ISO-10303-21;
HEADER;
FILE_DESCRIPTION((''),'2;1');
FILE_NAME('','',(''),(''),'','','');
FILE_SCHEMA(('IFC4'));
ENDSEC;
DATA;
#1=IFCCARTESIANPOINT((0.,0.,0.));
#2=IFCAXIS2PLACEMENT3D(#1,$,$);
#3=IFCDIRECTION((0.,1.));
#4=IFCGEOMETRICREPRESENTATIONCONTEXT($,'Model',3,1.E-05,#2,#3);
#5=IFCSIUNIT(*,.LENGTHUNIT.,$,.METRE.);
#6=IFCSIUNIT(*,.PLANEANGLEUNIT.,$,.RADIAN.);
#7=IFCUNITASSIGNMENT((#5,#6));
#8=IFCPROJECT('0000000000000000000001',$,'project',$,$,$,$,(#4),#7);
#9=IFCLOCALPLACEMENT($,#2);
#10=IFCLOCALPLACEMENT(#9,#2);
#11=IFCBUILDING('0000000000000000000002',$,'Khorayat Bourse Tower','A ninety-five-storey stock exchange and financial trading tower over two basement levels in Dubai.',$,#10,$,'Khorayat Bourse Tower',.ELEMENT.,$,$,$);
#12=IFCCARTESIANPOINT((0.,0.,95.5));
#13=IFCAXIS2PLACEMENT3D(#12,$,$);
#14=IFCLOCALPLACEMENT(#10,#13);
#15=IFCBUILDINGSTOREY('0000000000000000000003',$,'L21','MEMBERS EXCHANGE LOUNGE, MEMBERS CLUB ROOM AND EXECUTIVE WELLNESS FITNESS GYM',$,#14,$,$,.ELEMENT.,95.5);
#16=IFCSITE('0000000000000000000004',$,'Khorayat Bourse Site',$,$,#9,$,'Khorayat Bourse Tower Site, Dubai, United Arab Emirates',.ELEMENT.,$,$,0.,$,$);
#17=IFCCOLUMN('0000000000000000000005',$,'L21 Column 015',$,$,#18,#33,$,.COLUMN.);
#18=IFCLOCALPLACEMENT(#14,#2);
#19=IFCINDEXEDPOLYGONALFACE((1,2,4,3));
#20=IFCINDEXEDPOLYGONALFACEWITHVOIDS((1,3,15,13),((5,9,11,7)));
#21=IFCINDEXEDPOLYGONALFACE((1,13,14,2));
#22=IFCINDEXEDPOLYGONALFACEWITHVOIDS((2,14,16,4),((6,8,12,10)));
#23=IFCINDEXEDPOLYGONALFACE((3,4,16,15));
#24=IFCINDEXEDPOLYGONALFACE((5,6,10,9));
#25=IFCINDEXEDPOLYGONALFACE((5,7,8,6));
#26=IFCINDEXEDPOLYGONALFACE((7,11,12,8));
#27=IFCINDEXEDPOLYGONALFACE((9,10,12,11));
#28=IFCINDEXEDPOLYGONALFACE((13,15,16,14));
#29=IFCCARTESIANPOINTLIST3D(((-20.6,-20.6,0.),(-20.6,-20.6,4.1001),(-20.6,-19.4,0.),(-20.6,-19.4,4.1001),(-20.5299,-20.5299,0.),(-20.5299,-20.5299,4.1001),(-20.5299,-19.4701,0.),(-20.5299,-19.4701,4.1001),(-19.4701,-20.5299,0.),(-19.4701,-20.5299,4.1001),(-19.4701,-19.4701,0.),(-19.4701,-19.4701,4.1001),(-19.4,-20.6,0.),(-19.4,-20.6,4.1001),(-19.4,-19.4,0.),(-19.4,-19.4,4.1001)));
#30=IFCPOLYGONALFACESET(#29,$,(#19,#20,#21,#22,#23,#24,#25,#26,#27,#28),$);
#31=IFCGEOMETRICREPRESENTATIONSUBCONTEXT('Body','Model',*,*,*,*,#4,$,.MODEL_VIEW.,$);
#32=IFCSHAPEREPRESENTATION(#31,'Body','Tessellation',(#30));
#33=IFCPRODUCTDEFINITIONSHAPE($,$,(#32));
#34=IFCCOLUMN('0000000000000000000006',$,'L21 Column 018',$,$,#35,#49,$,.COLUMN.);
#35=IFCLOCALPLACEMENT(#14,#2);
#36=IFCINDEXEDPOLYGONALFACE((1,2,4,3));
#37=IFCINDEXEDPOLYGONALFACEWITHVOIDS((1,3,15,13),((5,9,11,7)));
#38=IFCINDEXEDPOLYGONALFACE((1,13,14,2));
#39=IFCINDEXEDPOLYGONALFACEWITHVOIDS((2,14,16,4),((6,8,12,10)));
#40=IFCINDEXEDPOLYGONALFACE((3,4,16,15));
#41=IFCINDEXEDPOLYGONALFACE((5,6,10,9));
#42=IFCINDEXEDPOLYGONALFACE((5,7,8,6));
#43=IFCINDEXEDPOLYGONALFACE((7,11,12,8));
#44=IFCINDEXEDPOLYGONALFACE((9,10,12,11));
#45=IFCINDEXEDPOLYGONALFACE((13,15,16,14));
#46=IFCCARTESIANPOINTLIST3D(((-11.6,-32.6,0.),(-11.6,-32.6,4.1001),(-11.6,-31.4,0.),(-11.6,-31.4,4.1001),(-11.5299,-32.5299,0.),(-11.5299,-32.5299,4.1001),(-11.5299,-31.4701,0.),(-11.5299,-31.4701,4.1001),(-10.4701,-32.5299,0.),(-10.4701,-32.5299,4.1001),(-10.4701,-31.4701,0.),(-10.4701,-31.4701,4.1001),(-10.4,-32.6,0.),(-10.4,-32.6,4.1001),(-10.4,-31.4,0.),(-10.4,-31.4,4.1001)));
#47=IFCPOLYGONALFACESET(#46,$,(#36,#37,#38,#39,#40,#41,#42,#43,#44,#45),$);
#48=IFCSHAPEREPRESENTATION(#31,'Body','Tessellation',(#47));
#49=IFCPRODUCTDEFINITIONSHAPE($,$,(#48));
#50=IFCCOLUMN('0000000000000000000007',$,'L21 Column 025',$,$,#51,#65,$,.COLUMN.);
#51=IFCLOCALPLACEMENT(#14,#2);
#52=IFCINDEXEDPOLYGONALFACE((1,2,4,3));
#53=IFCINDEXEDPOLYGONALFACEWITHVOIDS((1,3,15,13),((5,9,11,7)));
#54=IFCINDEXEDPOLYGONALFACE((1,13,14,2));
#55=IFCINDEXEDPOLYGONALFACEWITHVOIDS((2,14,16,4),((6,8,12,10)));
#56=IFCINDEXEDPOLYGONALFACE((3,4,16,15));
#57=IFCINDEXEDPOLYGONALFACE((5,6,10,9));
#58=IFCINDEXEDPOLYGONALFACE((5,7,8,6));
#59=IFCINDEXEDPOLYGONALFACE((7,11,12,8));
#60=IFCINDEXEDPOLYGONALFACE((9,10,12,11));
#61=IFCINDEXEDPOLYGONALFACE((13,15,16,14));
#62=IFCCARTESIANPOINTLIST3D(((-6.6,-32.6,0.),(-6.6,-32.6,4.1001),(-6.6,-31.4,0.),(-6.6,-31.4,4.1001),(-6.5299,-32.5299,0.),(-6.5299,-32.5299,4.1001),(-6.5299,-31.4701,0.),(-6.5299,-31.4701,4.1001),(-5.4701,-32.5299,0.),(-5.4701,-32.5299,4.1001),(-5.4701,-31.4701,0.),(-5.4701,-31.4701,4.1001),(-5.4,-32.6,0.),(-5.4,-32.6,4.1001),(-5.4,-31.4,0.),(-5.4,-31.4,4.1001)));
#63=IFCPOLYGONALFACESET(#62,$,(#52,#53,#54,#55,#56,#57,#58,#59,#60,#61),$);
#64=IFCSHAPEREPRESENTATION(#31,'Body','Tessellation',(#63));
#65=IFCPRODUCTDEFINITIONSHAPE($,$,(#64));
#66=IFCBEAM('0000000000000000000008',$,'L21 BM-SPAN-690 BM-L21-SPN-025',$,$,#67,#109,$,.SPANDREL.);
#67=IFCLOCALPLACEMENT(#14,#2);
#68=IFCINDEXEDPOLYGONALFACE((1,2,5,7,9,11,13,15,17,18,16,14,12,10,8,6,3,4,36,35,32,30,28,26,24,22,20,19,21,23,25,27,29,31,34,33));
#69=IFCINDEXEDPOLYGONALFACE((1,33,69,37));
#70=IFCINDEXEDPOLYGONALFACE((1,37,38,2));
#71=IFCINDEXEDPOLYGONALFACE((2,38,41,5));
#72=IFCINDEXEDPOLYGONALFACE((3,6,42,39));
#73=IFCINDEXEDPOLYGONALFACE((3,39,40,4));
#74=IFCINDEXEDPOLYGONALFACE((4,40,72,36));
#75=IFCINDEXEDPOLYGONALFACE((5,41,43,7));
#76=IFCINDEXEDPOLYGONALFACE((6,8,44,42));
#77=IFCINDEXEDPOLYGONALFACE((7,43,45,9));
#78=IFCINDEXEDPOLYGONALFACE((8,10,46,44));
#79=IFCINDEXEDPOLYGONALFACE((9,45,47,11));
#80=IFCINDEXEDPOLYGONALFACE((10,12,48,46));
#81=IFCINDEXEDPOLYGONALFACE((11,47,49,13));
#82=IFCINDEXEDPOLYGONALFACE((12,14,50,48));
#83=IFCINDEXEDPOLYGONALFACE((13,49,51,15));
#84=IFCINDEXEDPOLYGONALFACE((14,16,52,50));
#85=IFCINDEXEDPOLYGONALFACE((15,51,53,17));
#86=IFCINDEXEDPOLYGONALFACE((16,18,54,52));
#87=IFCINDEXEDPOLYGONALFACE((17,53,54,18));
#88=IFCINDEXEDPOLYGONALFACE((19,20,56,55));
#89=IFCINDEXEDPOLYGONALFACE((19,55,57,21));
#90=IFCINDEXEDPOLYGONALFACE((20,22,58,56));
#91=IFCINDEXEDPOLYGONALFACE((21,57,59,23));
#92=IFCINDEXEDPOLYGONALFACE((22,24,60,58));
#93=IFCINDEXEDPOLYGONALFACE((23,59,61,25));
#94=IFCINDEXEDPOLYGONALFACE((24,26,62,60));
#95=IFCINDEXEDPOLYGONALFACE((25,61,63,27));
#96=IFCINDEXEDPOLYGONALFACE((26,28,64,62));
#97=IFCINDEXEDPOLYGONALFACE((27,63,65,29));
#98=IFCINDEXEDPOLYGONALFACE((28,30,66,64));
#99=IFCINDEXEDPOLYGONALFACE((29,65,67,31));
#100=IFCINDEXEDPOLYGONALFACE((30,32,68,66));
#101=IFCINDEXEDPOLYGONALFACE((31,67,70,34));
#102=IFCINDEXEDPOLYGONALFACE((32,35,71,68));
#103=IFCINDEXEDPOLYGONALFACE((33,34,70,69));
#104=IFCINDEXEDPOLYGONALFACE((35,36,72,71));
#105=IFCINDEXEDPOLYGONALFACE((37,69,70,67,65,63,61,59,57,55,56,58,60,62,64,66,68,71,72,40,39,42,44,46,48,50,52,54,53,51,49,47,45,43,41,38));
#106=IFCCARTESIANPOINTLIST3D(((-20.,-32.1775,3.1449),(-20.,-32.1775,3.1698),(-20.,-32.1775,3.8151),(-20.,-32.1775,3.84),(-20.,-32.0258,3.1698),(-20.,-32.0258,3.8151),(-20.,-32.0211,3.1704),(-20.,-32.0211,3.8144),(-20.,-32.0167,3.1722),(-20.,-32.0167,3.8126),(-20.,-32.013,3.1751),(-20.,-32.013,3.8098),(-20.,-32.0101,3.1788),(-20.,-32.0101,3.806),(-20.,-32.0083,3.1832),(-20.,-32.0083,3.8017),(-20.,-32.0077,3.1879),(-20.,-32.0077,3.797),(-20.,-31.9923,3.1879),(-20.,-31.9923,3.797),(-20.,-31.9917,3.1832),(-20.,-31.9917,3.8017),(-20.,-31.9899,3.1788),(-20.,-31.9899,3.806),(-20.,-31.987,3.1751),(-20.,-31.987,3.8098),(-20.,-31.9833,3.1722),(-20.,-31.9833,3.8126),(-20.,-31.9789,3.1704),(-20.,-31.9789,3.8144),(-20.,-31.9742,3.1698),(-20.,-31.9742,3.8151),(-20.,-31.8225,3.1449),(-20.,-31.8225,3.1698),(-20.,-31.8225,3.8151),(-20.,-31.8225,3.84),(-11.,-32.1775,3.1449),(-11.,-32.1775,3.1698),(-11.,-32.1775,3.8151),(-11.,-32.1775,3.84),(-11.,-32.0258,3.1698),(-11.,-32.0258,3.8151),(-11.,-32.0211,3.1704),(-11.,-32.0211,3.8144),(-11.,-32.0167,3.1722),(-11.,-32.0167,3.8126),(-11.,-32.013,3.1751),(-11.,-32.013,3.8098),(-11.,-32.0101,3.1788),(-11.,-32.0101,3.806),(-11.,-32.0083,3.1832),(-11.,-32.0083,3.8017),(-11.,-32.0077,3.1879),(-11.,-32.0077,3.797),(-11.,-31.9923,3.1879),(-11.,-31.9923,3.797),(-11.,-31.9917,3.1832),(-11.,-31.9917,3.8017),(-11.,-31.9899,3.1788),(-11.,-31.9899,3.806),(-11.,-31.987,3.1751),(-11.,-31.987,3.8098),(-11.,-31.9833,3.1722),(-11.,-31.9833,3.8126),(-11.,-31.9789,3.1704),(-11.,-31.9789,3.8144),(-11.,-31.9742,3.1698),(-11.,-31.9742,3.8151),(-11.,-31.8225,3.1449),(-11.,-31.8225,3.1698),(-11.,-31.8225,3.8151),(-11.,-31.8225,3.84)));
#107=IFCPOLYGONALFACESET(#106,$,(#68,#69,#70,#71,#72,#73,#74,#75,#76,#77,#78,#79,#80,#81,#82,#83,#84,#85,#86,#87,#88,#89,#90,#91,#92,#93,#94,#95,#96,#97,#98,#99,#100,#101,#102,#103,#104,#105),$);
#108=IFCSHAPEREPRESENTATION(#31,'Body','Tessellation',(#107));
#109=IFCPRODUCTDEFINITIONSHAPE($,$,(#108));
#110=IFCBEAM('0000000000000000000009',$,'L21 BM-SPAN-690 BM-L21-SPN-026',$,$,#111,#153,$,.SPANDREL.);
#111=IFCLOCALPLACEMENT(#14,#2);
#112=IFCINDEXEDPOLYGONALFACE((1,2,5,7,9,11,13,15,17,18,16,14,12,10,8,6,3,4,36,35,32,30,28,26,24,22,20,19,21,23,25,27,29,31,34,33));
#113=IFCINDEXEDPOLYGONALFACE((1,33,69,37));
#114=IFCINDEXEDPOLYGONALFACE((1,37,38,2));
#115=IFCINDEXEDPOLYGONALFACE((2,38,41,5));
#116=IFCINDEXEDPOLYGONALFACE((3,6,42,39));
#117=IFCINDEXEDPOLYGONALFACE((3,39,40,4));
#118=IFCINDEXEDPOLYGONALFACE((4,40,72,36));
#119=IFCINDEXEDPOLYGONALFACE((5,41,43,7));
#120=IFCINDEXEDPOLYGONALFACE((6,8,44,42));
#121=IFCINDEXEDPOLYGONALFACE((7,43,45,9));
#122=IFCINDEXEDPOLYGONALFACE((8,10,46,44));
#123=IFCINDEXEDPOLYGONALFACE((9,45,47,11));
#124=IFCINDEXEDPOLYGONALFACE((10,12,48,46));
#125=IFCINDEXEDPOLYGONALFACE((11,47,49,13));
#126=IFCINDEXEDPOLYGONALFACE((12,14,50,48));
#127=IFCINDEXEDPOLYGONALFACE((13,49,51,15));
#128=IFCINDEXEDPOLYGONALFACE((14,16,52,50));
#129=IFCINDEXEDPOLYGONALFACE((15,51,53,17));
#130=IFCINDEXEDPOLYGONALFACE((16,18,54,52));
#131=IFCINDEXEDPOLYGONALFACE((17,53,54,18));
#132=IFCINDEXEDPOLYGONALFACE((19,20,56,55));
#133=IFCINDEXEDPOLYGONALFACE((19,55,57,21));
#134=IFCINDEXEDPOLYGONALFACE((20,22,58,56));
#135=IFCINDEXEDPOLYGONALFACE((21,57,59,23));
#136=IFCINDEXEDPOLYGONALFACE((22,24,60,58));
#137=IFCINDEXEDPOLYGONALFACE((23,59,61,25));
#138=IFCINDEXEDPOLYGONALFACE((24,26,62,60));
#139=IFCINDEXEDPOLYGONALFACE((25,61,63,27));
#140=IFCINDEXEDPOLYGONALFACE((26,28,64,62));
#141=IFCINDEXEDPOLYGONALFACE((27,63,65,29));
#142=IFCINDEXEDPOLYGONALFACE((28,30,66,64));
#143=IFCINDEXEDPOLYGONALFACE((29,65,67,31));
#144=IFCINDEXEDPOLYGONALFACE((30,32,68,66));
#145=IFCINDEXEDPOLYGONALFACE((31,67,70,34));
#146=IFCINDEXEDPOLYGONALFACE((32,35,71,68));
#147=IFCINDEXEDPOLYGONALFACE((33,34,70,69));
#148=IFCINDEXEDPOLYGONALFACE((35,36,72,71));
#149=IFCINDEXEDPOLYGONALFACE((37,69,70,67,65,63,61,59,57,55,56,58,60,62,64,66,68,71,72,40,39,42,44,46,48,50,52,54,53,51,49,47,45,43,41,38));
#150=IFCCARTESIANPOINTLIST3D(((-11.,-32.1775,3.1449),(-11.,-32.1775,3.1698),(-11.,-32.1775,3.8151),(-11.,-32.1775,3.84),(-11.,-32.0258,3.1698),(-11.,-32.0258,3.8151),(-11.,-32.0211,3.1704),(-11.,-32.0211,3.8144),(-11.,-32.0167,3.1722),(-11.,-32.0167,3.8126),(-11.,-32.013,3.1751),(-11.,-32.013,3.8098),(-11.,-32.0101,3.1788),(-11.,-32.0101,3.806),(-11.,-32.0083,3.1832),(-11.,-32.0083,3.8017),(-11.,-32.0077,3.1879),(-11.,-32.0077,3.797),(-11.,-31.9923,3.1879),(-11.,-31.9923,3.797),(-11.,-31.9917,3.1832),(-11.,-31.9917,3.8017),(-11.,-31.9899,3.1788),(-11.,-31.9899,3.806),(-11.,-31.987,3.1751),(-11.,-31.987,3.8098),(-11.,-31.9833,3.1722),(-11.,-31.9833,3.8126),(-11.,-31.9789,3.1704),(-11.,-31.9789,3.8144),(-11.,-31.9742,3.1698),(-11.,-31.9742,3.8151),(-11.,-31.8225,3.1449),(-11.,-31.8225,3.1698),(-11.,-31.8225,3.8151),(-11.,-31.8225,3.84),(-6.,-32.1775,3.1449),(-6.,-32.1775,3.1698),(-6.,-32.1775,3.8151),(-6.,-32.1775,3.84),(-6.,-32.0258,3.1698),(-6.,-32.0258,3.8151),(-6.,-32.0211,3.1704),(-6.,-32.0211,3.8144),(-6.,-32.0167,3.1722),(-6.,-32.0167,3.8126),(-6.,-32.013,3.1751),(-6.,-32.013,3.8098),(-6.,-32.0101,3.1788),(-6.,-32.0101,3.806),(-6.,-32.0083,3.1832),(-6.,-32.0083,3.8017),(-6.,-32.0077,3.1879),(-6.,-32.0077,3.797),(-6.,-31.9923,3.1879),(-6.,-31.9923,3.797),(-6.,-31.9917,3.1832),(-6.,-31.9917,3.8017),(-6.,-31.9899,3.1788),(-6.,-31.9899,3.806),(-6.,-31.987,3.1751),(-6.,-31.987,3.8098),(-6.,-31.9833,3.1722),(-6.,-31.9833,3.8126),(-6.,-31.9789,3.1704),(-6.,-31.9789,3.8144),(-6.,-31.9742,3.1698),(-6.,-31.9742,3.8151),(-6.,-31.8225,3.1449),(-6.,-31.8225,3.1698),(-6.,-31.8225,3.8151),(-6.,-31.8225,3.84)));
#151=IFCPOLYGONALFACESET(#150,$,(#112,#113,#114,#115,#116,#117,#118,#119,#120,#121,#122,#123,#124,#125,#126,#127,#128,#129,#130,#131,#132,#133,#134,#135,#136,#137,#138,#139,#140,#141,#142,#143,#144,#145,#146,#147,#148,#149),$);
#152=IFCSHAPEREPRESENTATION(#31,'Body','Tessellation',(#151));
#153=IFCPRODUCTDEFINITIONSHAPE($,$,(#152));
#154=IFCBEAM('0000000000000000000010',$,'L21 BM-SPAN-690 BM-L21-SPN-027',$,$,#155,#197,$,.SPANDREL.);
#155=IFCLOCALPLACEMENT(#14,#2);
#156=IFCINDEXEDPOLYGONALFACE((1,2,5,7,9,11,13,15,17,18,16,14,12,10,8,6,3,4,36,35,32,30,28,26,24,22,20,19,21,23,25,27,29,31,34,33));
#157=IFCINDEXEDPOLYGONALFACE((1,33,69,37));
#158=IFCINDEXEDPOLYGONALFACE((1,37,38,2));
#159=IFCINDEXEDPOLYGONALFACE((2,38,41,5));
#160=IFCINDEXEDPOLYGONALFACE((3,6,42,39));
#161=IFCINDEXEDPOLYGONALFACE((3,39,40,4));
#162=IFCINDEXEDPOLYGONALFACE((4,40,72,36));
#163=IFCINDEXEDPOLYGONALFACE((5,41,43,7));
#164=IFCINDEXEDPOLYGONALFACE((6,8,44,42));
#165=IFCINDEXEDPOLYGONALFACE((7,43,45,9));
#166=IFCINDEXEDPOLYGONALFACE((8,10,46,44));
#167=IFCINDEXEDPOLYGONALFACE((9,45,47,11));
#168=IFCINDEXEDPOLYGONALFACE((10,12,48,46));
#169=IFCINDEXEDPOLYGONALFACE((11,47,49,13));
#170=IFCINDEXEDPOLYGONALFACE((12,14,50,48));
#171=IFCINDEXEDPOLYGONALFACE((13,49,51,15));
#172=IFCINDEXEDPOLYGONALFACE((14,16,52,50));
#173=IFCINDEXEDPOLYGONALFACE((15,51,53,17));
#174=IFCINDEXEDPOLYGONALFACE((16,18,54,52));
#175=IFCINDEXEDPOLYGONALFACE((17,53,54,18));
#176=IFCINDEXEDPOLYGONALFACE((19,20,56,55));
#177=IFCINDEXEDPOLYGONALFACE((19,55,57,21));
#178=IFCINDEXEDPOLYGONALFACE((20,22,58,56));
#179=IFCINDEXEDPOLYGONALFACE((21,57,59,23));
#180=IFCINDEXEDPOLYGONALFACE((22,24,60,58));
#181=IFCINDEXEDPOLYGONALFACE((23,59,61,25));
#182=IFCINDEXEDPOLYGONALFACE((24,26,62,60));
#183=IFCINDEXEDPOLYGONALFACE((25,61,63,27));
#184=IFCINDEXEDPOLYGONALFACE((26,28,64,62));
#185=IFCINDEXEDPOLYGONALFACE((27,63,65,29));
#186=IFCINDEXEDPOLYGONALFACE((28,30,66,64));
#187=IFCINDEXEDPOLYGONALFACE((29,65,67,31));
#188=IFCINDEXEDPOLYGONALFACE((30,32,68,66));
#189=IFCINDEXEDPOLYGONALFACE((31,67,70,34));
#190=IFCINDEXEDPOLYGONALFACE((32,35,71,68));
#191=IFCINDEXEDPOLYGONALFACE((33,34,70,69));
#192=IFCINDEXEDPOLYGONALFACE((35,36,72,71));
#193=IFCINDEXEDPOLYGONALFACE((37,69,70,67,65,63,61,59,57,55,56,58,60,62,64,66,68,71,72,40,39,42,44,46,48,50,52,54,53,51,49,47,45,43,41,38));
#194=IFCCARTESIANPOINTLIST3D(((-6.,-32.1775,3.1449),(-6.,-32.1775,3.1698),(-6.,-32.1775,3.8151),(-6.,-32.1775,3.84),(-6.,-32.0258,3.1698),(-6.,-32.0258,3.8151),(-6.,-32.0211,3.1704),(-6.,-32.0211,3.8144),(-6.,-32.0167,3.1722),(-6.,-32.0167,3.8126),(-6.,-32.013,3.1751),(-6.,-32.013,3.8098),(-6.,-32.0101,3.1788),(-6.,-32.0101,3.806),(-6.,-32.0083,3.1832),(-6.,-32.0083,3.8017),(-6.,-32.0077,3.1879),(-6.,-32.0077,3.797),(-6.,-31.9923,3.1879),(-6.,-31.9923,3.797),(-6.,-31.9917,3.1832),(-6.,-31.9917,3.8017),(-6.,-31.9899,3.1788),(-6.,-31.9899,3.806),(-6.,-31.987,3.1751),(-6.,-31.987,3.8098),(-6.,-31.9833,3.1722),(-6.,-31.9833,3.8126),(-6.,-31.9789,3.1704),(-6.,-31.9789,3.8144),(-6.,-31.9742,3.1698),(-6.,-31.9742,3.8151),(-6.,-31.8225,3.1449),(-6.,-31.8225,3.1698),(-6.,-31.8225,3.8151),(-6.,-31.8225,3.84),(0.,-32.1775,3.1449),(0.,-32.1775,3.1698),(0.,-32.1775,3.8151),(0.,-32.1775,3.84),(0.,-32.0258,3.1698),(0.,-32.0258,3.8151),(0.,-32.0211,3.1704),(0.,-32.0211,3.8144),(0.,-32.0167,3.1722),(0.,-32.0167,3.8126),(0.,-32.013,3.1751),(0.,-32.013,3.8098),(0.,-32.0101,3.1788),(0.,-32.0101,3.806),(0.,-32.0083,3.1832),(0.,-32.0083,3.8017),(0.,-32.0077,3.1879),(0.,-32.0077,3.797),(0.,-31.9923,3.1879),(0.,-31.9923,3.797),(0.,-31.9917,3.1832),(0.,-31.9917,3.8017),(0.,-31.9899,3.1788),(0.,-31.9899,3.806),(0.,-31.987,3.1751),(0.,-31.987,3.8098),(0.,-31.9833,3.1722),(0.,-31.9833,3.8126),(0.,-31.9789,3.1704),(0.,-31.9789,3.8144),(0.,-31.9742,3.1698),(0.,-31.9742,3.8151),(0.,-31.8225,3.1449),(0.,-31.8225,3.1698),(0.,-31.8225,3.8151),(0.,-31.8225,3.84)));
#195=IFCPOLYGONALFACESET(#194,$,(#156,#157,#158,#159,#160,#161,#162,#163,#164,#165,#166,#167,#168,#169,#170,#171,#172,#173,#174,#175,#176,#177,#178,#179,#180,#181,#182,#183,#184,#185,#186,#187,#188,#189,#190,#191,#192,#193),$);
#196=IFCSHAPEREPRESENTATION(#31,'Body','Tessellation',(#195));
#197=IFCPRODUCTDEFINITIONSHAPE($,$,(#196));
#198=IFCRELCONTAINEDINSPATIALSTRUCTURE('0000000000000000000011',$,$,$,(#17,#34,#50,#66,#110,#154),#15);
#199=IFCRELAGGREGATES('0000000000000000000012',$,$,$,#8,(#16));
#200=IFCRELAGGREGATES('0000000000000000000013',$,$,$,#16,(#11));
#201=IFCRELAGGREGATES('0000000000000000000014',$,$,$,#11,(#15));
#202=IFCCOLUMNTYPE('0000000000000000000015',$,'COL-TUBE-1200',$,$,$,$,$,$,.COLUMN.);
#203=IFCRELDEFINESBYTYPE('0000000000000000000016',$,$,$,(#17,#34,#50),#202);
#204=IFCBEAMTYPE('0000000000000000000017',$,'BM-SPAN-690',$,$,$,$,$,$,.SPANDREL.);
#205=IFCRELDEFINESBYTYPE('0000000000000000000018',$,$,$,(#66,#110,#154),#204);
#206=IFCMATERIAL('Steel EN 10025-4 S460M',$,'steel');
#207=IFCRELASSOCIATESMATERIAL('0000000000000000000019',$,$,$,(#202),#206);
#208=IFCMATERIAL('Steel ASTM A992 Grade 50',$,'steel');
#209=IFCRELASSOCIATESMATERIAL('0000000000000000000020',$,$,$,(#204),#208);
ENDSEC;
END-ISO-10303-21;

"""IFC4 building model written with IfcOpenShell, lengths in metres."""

from ifc_helpers import new_model, si_unit, direction, frame, origin, origin_2d, place, context, subcontext, project, spatial, hollow_rectangle, i_section, extrude, source, transform, mapped, material, material_profile, profile_set, type_object, element, save


model = new_model("IFC4")

# Units and contexts
model_context = context("Model", 3, precision=1e-05, world=origin(), true_north=direction((0.0, 1.0)))
body_context = subcontext(model_context, "Body", "Model", "MODEL_VIEW")
ifc_project = project(units=[si_unit("LENGTHUNIT", "METRE"), si_unit("PLANEANGLEUNIT", "RADIAN")], contexts=[model_context])

# Site, building, storey
site_placement = place(None, origin())
site = spatial("IfcSite", under=ifc_project, at=site_placement, Name="Khorayat Bourse Site", LongName="Khorayat Bourse Tower Site, Dubai, United Arab Emirates", CompositionType="ELEMENT", RefElevation=0.0)
building_placement = place(site_placement, origin())
building = spatial("IfcBuilding", under=site, at=building_placement, Name="Khorayat Bourse Tower", Description="A ninety-five-storey stock exchange and financial trading tower over two basement levels in Dubai.", LongName="Khorayat Bourse Tower", CompositionType="ELEMENT")
storey_placement = place(building_placement, frame((0.0, 0.0, 95.5)))
storey = spatial("IfcBuildingStorey", under=building, at=storey_placement, Name="L21", Description="MEMBERS EXCHANGE LOUNGE, MEMBERS CLUB ROOM AND EXECUTIVE WELLNESS FITNESS GYM", CompositionType="ELEMENT", Elevation=95.5)

# Columns
ifc_material_1 = material(Name="Steel EN 10025-4 S460M", Category="steel")
ifc_material_profile_1 = material_profile(ifc_material_1, hollow_rectangle(XDim=1.2, YDim=1.2, WallThickness=0.0701, at=origin_2d()), Name="BOX 1200x1200x70")
ifc_profile_set_1 = profile_set([ifc_material_profile_1], Name="Steel EN 10025-4 S460M")
column_type = type_object("IfcColumnType", Name="COL-TUBE-1200", PredefinedType="COLUMN", material=ifc_profile_set_1)
shared_shape_1 = source(origin(), body_context, "Body", "SweptSolid", [
    extrude(hollow_rectangle(XDim=1.2, YDim=1.2, WallThickness=0.0701, at=origin_2d()), origin(), (0.0, 0.0, 1.0), 4.1001),
])
for number, where, z_axis, x_axis, name in (
    (1, (-20.0, -20.0, 0.0), (0.0, 0.0, 1.0), (1.0, 0.0, 0.0), "L21 Column 015"),
    (2, (-11.0, -32.0, 0.0), (0.0, 0.0, 1.0), (1.0, 0.0, 0.0), "L21 Column 018"),
    (3, (-6.0, -32.0, 0.0), (0.0, 0.0, 1.0), (1.0, 0.0, 0.0), "L21 Column 025"),
):
    element("IfcColumn", number, at=place(storey_placement, frame(where, z_axis=z_axis, x_axis=x_axis)), inside=storey, type_object=column_type, Name=name, PredefinedType="COLUMN", context=body_context, shape_type="MappedRepresentation", body=[
        mapped(shared_shape_1, transform((0.0, 0.0, 0.0), scale=1.0)),
    ])

# Beams
ifc_material_2 = material(Name="Steel ASTM A992 Grade 50", Category="steel")
ifc_material_profile_2 = material_profile(ifc_material_2, i_section(OverallWidth=0.355, OverallDepth=0.6951, WebThickness=0.0154, FlangeThickness=0.0249, FilletRadius=0.0181, at=origin_2d()), Name="W690X217")
ifc_profile_set_2 = profile_set([ifc_material_profile_2], Name="Steel ASTM A992 Grade 50")
beam_type_1 = type_object("IfcBeamType", Name="BM-SPAN-690", PredefinedType="SPANDREL", material=ifc_profile_set_2)
shared_shape_2 = source(origin(), body_context, "Body", "SweptSolid", [
    extrude(i_section(OverallWidth=0.355, OverallDepth=0.6951, WebThickness=0.0154, FlangeThickness=0.0249, FilletRadius=0.0181, at=origin_2d()), origin(), (0.0, 0.0, 1.0), 9.0),
])
beam_1_placement = place(storey_placement, frame((-20.0, -32.0, 3.4924), z_axis=(1.0, 0.0, 0.0), x_axis=(0.0, 1.0, 0.0)))
element("IfcBeam", 4, at=beam_1_placement, inside=storey, type_object=beam_type_1, Name="L21 BM-SPAN-690 BM-L21-SPN-025", PredefinedType="SPANDREL", context=body_context, shape_type="MappedRepresentation", body=[
    mapped(shared_shape_2, transform((0.0, 0.0, 0.0), scale=1.0)),
])
shared_shape_3 = source(origin(), body_context, "Body", "SweptSolid", [
    extrude(i_section(OverallWidth=0.355, OverallDepth=0.6951, WebThickness=0.0154, FlangeThickness=0.0249, FilletRadius=0.0181, at=origin_2d()), origin(), (0.0, 0.0, 1.0), 5.0),
])
beam_2_placement = place(storey_placement, frame((-11.0, -32.0, 3.4924), z_axis=(1.0, 0.0, 0.0), x_axis=(0.0, 1.0, 0.0)))
element("IfcBeam", 5, at=beam_2_placement, inside=storey, type_object=beam_type_1, Name="L21 BM-SPAN-690 BM-L21-SPN-026", PredefinedType="SPANDREL", context=body_context, shape_type="MappedRepresentation", body=[
    mapped(shared_shape_3, transform((0.0, 0.0, 0.0), scale=1.0)),
])
shared_shape_4 = source(origin(), body_context, "Body", "SweptSolid", [
    extrude(i_section(OverallWidth=0.355, OverallDepth=0.6951, WebThickness=0.0154, FlangeThickness=0.0249, FilletRadius=0.0181, at=origin_2d()), origin(), (0.0, 0.0, 1.0), 6.0),
])
beam_3_placement = place(storey_placement, frame((-6.0, -32.0, 3.4924), z_axis=(1.0, 0.0, 0.0), x_axis=(0.0, 1.0, 0.0)))
element("IfcBeam", 6, at=beam_3_placement, inside=storey, type_object=beam_type_1, Name="L21 BM-SPAN-690 BM-L21-SPN-027", PredefinedType="SPANDREL", context=body_context, shape_type="MappedRepresentation", body=[
    mapped(shared_shape_4, transform((0.0, 0.0, 0.0), scale=1.0)),
])

save(model, "model.ifc")
